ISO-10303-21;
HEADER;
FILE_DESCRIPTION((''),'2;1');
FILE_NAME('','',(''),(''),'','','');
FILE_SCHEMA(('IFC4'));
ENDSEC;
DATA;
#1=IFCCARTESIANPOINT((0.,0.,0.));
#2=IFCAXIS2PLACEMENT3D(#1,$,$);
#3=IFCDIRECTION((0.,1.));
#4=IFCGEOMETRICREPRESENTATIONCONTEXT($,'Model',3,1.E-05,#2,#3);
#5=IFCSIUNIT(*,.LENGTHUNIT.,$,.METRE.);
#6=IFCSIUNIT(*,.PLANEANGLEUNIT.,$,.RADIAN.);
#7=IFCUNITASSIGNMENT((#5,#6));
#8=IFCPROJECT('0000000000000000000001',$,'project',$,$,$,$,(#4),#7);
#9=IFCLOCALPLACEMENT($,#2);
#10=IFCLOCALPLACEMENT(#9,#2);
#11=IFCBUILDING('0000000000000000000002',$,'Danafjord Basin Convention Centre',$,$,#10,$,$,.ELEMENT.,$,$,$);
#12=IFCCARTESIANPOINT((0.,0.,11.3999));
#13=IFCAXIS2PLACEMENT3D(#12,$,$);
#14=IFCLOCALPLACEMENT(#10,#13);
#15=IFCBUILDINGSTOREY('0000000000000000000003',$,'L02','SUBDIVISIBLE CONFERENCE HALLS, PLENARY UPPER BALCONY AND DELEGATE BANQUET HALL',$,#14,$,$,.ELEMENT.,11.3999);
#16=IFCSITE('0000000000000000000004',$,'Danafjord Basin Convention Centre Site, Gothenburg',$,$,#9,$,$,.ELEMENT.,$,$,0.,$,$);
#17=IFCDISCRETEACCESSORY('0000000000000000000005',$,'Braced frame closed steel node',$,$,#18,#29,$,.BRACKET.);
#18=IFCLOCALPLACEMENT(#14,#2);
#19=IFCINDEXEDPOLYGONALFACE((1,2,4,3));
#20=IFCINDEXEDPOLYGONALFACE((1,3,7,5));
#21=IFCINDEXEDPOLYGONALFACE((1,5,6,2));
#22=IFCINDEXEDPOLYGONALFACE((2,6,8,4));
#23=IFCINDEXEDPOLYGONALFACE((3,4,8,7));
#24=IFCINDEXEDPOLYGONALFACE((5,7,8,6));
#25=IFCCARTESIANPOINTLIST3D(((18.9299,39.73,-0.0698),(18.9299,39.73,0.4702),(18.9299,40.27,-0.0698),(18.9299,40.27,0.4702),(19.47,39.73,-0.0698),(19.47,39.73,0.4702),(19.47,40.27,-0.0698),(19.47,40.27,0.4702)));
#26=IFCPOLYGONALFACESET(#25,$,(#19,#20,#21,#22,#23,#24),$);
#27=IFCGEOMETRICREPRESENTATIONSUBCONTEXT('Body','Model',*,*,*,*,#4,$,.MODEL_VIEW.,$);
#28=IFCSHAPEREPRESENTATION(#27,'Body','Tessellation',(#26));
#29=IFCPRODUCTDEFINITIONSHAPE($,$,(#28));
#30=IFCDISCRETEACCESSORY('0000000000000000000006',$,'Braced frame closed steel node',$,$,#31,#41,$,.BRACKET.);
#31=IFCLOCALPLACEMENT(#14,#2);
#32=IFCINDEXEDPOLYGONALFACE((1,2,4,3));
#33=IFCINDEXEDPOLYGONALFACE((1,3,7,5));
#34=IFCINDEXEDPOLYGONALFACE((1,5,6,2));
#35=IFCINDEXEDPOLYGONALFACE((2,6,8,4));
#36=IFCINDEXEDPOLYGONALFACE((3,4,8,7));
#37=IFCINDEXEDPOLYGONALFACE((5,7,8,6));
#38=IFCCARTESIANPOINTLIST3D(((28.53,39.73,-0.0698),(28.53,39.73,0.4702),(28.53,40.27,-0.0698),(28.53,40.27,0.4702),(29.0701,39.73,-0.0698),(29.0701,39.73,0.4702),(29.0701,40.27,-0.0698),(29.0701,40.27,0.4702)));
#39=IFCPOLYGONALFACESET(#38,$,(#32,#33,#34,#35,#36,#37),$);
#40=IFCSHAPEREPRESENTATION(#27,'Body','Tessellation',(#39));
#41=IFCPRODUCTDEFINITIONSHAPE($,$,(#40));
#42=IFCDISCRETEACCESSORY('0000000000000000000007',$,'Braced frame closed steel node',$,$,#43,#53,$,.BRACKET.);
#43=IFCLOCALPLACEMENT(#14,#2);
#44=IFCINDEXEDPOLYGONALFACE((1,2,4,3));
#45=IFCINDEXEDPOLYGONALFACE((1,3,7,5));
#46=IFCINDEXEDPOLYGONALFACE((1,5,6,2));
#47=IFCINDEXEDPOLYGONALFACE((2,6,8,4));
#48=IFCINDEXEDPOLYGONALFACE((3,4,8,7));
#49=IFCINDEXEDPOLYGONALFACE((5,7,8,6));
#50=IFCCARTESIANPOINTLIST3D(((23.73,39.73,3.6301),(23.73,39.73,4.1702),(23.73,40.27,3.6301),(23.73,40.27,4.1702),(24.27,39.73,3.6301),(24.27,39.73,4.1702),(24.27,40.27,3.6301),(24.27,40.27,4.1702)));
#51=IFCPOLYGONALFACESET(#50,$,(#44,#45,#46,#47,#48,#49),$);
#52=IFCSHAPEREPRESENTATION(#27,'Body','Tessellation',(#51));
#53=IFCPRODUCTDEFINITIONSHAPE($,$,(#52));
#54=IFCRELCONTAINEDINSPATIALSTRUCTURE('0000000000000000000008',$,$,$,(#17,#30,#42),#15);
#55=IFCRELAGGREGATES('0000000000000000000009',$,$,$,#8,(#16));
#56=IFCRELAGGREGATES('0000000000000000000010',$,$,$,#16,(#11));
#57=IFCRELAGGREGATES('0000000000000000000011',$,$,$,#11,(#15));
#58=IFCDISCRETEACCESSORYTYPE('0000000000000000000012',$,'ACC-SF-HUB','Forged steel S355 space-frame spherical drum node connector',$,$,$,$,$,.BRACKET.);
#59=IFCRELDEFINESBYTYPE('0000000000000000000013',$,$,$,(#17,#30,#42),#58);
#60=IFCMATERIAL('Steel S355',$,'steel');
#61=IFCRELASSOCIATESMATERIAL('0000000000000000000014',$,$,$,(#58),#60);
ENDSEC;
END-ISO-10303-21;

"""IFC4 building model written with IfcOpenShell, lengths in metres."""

from ifc_helpers import new_model, si_unit, direction, frame, origin, origin_2d, place, context, subcontext, project, spatial, rectangle, extrude, material, type_object, element, save


model = new_model("IFC4")

# Units and contexts
model_context = context("Model", 3, precision=1e-05, world=origin(), true_north=direction((0.0, 1.0)))
body_context = subcontext(model_context, "Body", "Model", "MODEL_VIEW")
ifc_project = project(units=[si_unit("LENGTHUNIT", "METRE"), si_unit("PLANEANGLEUNIT", "RADIAN")], contexts=[model_context])

# Site, building, storey
site_placement = place(None, origin())
site = spatial("IfcSite", under=ifc_project, at=site_placement, Name="Danafjord Basin Convention Centre Site, Gothenburg", CompositionType="ELEMENT", RefElevation=0.0)
building_placement = place(site_placement, origin())
building = spatial("IfcBuilding", under=site, at=building_placement, Name="Danafjord Basin Convention Centre", CompositionType="ELEMENT")
storey_placement = place(building_placement, frame((0.0, 0.0, 11.3999)))
storey = spatial("IfcBuildingStorey", under=building, at=storey_placement, Name="L02", Description="SUBDIVISIBLE CONFERENCE HALLS, PLENARY UPPER BALCONY AND DELEGATE BANQUET HALL", CompositionType="ELEMENT", Elevation=11.3999)

# Shared definitions
ifc_material_1 = material(Name="Steel S355", Category="steel")

# Discrete accessories
discrete_accessory_type = type_object("IfcDiscreteAccessoryType", Name="ACC-SF-HUB", Description="Forged steel S355 space-frame spherical drum node connector", PredefinedType="BRACKET", material=ifc_material_1)
for number, where, z_axis, x_axis, name in (
    (1, (19.2, 40.0, -0.0698), (0.0, 0.0, 1.0), (1.0, 0.0, 0.0), "Braced frame closed steel node"),
    (2, (28.8, 40.0, -0.0698), (0.0, 0.0, 1.0), (1.0, 0.0, 0.0), "Braced frame closed steel node"),
    (3, (24.0, 40.0, 3.6301), (0.0, 0.0, 1.0), (1.0, 0.0, 0.0), "Braced frame closed steel node"),
):
    element("IfcDiscreteAccessory", number, at=place(storey_placement, frame(where, z_axis=z_axis, x_axis=x_axis)), inside=storey, type_object=discrete_accessory_type, Name=name, PredefinedType="BRACKET", context=body_context, shape_type="SweptSolid", body=[
        extrude(rectangle(XDim=0.54, YDim=0.54, at=origin_2d()), origin(), (0.0, 0.0, 1.0), 0.54),
    ])

save(model, "model.ifc")
